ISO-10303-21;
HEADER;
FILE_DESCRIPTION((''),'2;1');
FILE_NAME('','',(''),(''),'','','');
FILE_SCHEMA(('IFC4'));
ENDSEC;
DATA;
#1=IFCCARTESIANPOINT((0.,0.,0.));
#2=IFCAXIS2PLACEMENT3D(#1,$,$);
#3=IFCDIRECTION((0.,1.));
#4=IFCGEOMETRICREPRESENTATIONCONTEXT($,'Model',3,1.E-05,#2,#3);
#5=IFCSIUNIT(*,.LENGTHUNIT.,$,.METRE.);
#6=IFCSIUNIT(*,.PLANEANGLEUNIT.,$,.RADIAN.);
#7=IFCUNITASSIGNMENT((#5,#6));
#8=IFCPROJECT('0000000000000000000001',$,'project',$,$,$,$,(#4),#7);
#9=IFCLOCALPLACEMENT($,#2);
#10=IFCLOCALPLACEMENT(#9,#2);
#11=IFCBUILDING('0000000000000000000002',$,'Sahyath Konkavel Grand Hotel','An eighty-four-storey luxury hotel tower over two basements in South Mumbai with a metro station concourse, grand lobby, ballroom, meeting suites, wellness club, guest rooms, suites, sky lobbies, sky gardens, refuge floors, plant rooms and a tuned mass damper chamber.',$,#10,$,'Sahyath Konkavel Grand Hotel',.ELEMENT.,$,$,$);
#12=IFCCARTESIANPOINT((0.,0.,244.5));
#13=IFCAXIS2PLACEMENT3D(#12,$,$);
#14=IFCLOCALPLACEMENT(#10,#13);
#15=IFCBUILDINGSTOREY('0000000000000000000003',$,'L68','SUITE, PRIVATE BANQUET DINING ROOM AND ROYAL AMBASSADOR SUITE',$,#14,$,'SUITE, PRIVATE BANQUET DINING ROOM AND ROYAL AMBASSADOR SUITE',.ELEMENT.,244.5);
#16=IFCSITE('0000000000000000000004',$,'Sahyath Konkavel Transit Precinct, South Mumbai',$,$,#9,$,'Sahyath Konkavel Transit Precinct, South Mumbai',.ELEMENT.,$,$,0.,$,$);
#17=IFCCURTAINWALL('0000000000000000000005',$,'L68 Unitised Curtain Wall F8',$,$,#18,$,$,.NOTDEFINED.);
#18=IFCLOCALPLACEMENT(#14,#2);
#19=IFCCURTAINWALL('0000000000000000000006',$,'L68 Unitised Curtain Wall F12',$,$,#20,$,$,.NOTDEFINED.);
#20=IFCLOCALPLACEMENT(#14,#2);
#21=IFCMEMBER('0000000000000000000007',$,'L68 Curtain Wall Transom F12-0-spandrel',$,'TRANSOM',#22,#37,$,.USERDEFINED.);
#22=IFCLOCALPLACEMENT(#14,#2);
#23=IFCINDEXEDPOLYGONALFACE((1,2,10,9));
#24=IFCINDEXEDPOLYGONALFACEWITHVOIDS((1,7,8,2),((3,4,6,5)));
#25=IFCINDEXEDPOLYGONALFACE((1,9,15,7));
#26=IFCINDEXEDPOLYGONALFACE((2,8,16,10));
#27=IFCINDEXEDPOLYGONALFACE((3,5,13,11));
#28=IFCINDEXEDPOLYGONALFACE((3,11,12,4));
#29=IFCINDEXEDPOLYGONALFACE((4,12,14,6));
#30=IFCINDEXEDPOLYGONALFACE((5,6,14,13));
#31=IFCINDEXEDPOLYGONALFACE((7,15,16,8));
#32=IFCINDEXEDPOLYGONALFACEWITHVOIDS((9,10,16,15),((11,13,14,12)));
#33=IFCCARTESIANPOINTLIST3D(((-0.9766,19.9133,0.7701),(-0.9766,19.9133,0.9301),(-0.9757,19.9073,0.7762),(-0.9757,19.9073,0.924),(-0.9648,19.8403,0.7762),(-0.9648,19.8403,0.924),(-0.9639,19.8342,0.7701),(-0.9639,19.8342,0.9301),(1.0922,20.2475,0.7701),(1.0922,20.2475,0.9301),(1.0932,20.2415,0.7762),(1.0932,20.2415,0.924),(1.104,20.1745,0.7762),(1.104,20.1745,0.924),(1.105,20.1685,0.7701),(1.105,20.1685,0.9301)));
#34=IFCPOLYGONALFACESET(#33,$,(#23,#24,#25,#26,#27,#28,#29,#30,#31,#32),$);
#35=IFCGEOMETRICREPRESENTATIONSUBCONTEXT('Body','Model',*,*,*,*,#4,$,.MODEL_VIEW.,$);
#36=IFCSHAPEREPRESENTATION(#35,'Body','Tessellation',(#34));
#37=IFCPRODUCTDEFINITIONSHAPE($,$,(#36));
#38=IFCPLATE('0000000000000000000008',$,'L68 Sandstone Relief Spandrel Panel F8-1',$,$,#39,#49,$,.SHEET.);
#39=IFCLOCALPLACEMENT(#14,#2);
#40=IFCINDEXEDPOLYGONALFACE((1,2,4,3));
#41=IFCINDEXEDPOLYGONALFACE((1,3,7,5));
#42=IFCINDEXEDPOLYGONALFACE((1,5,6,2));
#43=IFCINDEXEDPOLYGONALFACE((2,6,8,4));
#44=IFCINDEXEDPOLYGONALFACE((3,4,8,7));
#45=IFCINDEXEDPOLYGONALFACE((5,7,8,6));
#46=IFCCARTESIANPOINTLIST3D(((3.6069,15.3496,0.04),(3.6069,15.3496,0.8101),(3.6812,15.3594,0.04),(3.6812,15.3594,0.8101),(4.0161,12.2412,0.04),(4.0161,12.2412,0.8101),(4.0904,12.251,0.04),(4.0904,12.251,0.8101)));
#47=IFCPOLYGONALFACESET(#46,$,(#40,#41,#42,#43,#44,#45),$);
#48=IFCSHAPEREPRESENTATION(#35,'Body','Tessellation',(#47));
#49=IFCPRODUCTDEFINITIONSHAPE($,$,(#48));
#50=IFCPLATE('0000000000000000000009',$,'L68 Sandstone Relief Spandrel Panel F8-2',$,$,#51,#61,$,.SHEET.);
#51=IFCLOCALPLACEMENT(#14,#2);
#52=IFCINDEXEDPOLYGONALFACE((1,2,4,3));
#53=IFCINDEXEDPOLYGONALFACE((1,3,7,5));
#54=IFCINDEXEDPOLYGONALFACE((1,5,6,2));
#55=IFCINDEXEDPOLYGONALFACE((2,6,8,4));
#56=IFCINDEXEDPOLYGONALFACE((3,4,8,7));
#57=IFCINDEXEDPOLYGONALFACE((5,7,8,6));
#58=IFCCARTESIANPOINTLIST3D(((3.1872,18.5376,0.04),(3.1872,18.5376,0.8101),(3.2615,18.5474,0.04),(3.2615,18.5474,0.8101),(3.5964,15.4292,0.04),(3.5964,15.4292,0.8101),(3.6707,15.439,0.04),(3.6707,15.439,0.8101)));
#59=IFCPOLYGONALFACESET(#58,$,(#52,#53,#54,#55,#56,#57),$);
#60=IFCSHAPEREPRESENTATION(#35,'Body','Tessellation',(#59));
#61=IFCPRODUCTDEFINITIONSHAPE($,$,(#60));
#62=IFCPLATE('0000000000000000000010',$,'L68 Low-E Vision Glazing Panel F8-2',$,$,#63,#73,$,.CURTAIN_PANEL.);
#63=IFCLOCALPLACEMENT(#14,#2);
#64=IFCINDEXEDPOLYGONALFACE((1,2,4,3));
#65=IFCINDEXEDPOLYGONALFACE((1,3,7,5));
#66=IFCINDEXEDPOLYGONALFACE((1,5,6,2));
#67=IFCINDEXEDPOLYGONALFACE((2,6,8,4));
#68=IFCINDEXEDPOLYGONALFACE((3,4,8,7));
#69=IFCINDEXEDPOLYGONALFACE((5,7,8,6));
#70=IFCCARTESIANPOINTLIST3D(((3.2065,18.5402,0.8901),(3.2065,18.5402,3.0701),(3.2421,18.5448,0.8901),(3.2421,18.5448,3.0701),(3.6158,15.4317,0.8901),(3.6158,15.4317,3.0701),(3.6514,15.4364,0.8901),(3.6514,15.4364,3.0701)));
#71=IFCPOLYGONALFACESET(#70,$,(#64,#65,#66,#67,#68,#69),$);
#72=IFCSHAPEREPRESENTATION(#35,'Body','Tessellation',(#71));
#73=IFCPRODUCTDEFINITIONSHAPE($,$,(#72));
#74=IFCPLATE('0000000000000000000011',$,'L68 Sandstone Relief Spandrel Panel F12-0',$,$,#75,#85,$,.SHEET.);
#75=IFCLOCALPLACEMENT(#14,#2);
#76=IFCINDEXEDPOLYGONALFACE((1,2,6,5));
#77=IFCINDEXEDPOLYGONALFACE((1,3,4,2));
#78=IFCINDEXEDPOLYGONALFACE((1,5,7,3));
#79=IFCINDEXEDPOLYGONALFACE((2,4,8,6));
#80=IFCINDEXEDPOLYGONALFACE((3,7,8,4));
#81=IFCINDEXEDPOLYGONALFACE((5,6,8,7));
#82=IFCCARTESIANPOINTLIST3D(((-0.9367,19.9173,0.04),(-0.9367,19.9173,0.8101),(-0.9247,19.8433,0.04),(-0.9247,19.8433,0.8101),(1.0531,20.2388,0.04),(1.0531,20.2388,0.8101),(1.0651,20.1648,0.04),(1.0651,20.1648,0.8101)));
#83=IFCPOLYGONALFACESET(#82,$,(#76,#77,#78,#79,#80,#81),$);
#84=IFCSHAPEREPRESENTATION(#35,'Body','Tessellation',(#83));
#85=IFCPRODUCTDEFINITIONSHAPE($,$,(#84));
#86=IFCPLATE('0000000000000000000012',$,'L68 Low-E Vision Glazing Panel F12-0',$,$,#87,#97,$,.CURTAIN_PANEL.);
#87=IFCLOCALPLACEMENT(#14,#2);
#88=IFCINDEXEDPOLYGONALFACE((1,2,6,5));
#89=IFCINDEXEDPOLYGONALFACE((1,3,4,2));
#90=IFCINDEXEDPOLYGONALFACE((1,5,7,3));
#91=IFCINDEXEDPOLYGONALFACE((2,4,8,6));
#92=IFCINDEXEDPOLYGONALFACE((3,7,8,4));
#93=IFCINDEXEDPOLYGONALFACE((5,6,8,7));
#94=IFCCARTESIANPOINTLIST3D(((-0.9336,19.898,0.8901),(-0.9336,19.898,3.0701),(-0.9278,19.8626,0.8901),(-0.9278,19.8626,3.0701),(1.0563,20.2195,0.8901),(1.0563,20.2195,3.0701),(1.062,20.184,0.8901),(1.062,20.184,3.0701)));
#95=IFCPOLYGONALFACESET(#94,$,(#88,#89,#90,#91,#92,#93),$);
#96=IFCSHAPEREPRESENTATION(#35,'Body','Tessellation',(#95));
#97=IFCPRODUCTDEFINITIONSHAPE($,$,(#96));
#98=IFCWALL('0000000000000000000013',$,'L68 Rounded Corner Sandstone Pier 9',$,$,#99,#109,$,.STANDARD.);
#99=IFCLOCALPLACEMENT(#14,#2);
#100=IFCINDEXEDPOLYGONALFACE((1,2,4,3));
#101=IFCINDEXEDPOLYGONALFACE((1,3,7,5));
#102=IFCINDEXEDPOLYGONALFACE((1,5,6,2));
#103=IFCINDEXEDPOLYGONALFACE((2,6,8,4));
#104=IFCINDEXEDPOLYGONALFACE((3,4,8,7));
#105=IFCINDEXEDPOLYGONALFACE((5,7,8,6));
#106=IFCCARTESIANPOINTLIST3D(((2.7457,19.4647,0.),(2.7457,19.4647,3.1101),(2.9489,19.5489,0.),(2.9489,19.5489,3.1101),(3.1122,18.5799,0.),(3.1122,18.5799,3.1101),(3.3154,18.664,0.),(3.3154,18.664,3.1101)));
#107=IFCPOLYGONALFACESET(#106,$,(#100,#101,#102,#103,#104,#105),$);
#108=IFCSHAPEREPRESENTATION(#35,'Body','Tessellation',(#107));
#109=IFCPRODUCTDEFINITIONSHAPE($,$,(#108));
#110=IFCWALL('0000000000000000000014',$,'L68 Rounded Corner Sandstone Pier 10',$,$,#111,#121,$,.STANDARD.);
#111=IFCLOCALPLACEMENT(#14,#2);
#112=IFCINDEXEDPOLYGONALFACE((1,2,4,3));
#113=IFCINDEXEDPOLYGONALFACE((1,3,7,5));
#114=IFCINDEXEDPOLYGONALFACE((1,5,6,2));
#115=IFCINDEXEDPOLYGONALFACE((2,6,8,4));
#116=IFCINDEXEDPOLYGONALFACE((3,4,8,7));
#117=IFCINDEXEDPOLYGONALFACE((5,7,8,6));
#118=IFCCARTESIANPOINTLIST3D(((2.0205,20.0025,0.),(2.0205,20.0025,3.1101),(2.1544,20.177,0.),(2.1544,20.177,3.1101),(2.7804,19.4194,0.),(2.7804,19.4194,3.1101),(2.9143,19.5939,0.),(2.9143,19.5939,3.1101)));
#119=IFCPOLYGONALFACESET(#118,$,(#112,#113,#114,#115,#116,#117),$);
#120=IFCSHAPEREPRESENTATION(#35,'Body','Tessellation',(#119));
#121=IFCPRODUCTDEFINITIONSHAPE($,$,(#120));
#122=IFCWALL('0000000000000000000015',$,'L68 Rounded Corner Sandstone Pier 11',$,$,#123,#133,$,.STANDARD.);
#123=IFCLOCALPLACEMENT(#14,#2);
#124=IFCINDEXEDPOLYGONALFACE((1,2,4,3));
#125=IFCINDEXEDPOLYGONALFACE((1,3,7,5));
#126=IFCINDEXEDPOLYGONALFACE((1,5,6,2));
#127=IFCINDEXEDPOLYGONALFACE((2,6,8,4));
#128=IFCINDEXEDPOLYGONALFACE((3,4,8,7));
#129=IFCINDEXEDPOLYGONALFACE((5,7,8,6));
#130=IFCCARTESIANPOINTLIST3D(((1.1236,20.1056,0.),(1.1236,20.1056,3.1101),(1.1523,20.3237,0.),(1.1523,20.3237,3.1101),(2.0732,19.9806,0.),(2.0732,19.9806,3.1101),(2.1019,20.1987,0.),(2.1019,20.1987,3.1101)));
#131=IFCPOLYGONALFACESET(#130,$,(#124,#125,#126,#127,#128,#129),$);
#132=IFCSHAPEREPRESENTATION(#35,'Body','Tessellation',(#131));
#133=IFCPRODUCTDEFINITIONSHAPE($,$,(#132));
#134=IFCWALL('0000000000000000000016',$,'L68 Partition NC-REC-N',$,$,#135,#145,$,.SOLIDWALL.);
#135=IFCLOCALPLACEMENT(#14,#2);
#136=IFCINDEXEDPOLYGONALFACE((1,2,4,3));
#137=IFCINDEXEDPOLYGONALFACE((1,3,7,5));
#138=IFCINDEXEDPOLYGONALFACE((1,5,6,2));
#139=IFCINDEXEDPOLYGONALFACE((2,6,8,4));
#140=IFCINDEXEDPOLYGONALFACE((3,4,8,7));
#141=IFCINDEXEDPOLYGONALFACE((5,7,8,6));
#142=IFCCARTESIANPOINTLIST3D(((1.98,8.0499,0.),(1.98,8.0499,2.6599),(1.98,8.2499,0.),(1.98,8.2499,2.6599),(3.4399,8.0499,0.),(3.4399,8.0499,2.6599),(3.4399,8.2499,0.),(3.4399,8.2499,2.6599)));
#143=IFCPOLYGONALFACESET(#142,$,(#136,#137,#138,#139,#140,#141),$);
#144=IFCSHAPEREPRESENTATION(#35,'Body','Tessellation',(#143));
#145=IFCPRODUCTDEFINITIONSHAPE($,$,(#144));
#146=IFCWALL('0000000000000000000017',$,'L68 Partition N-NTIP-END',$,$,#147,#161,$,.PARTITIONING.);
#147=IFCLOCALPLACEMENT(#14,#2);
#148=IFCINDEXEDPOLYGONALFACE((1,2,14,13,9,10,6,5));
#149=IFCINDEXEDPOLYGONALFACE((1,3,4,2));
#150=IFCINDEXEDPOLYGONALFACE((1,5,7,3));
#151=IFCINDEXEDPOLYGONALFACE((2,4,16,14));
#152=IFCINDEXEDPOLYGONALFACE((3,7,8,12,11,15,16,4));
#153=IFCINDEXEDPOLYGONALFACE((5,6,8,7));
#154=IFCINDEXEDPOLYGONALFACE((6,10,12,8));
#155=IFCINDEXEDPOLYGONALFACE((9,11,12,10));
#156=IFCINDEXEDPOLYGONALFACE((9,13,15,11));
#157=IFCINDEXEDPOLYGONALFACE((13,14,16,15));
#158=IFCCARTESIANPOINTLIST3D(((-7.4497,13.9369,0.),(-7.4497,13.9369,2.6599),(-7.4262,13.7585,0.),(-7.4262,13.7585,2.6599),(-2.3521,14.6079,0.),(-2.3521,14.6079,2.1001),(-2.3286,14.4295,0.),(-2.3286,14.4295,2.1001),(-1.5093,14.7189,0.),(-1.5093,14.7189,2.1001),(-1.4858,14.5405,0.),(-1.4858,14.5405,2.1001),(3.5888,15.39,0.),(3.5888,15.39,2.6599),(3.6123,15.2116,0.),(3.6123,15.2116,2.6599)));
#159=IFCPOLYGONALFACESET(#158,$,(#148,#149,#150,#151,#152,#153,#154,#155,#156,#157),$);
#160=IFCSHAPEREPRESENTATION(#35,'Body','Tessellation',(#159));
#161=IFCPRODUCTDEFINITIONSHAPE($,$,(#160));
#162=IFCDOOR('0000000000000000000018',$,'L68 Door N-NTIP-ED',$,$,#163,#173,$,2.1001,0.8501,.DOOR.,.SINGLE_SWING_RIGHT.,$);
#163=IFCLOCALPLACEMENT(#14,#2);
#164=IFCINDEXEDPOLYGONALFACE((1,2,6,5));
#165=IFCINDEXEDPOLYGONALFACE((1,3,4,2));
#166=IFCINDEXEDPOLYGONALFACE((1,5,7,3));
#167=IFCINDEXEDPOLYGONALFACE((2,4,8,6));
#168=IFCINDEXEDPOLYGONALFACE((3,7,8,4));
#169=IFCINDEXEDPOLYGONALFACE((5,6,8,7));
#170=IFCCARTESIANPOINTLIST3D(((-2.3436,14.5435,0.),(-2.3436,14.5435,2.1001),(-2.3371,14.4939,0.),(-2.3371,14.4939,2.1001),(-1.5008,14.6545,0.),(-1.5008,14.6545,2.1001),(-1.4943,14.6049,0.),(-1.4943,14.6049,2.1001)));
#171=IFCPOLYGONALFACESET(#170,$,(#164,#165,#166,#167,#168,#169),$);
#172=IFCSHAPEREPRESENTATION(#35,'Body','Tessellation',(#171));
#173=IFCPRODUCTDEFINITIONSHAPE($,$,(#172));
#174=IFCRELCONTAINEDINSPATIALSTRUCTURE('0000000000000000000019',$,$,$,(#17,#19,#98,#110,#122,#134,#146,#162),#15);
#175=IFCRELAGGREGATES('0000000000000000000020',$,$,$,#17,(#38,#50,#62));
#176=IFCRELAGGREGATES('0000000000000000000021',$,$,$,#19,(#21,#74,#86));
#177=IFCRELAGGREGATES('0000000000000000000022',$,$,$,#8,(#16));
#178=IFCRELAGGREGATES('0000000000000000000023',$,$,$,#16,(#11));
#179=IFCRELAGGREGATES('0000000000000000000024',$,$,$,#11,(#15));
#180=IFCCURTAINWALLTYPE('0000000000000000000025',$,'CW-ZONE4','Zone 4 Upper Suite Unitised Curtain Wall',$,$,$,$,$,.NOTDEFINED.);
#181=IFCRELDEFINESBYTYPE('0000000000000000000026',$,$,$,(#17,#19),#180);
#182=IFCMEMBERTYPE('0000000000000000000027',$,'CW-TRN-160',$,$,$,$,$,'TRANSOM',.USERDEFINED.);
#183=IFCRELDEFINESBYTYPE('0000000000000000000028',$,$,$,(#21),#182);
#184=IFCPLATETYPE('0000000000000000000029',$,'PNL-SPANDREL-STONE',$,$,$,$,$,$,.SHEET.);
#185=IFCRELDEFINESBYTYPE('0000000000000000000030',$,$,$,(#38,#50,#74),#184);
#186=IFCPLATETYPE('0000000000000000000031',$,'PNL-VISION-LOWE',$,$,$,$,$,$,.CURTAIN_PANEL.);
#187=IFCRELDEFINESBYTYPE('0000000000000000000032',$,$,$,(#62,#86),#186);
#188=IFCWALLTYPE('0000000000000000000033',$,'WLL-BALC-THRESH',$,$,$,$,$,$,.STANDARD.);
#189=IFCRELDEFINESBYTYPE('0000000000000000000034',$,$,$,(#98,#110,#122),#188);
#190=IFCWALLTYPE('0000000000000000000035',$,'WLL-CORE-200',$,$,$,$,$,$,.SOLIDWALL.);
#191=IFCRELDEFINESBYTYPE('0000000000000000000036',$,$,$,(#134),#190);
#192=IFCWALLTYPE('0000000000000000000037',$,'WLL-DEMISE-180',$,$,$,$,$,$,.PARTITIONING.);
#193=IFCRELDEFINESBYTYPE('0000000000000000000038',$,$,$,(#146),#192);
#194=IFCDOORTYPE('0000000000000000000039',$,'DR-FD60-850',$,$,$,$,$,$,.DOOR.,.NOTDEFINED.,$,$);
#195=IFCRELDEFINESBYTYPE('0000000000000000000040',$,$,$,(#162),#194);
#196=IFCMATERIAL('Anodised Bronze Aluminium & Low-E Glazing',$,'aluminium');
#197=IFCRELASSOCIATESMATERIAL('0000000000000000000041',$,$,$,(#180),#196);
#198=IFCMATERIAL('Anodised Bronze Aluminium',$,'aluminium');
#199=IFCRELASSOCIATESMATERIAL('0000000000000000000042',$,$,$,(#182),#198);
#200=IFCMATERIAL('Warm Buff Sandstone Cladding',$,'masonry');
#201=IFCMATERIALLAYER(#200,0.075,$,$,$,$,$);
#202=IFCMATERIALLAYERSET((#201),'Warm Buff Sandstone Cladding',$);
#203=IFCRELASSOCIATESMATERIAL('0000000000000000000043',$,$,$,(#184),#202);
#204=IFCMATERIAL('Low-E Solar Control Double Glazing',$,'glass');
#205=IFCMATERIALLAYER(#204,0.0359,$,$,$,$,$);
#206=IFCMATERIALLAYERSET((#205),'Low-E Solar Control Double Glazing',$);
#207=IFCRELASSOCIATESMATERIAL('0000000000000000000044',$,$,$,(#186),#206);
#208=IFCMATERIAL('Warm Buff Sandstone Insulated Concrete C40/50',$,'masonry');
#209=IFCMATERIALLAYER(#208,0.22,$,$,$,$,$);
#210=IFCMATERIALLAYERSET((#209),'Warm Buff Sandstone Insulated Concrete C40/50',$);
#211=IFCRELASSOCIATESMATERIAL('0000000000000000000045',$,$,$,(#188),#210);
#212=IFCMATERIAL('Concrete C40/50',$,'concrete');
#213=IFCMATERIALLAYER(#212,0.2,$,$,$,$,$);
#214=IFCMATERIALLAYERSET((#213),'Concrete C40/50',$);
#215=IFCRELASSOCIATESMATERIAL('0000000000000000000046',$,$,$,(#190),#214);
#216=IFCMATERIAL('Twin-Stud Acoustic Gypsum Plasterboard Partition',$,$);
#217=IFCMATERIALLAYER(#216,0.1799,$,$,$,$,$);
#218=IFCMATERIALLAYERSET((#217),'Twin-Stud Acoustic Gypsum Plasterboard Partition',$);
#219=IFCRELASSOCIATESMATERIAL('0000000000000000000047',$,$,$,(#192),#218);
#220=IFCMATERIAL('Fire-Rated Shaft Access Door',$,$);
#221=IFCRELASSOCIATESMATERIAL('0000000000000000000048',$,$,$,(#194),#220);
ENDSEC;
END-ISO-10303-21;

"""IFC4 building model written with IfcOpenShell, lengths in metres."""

from ifc_helpers import new_model, si_unit, direction, frame, frame_2d, origin, origin_2d, place, context, subcontext, project, spatial, rectangle, hollow_rectangle, extrude, source, transform, mapped, material, layer, layer_set, material_profile, profile_set, type_object, element, fill, aggregate, save


model = new_model("IFC4")

# Units and contexts
model_context = context("Model", 3, precision=1e-05, world=origin(), true_north=direction((0.0, 1.0)))
body_context = subcontext(model_context, "Body", "Model", "MODEL_VIEW")
ifc_project = project(units=[si_unit("LENGTHUNIT", "METRE"), si_unit("PLANEANGLEUNIT", "RADIAN")], contexts=[model_context])

# Site, building, storey
site_placement = place(None, origin())
site = spatial("IfcSite", under=ifc_project, at=site_placement, Name="Sahyath Konkavel Transit Precinct, South Mumbai", LongName="Sahyath Konkavel Transit Precinct, South Mumbai", CompositionType="ELEMENT", RefElevation=0.0)
building_placement = place(site_placement, origin())
building = spatial("IfcBuilding", under=site, at=building_placement, Name="Sahyath Konkavel Grand Hotel", Description="An eighty-four-storey luxury hotel tower over two basements in South Mumbai with a metro station concourse, grand lobby, ballroom, meeting suites, wellness club, guest rooms, suites, sky lobbies, sky gardens, refuge floors, plant rooms and a tuned mass damper chamber.", LongName="Sahyath Konkavel Grand Hotel", CompositionType="ELEMENT")
storey_placement = place(building_placement, frame((0.0, 0.0, 244.5)))
storey = spatial("IfcBuildingStorey", under=building, at=storey_placement, Name="L68", Description="SUITE, PRIVATE BANQUET DINING ROOM AND ROYAL AMBASSADOR SUITE", LongName="SUITE, PRIVATE BANQUET DINING ROOM AND ROYAL AMBASSADOR SUITE", CompositionType="ELEMENT", Elevation=244.5)

# Shared definitions
ifc_material_1 = material(Name="Concrete C40/50", Category="concrete")

# Curtain wall
ifc_material_2 = material(Name="Anodised Bronze Aluminium & Low-E Glazing", Category="aluminium")
curtain_wall_type = type_object("IfcCurtainWallType", Name="CW-ZONE4", Description="Zone 4 Upper Suite Unitised Curtain Wall", PredefinedType="NOTDEFINED", material=ifc_material_2)
curtain_wall_1_placement = place(storey_placement, origin())
curtain_wall_1 = element("IfcCurtainWall", 1, at=curtain_wall_1_placement, inside=storey, type_object=curtain_wall_type, Name="L68 Unitised Curtain Wall F8", PredefinedType="NOTDEFINED")
ifc_material_3 = material(Name="Anodised Bronze Aluminium", Category="aluminium")

# Curtain wall
curtain_wall_2_placement = place(storey_placement, origin())
curtain_wall_2 = element("IfcCurtainWall", 2, at=curtain_wall_2_placement, inside=storey, type_object=curtain_wall_type, Name="L68 Unitised Curtain Wall F12", PredefinedType="NOTDEFINED")

# Member
ifc_material_profile_1 = material_profile(ifc_material_3, hollow_rectangle(XDim=0.0801, YDim=0.1599, WallThickness=0.0061, at=origin_2d()), Name="RHS 160x80x6")
ifc_profile_set_1 = profile_set([ifc_material_profile_1], Name="Anodised Bronze Aluminium")
member_type_1 = type_object("IfcMemberType", Name="CW-TRN-160", ElementType="TRANSOM", PredefinedType="USERDEFINED", material=ifc_profile_set_1)
shared_shape_1 = source(origin(), body_context, "Body", "SweptSolid", [
    extrude(hollow_rectangle(XDim=0.0801, YDim=0.1599, WallThickness=0.0061, at=origin_2d()), origin(), (0.0, 0.0, 1.0), 2.0957),
])
member_1_placement = place(storey_placement, frame((1.0986, 20.208, 0.8501), z_axis=(-0.9872, -0.159485, 0.0), x_axis=(0.159485, -0.9872, 0.0)))
member_1 = element("IfcMember", 3, at=member_1_placement, type_object=member_type_1, Name="L68 Curtain Wall Transom F12-0-spandrel", ObjectType="TRANSOM", PredefinedType="USERDEFINED", context=body_context, shape_type="MappedRepresentation", body=[
    mapped(shared_shape_1, transform((0.0, 0.0, 0.0), scale=1.0)),
])

# Plates
ifc_material_4 = material(Name="Warm Buff Sandstone Cladding", Category="masonry")
ifc_layer_1 = layer(ifc_material_4, 0.075)
ifc_layer_set_1 = layer_set([ifc_layer_1], Name="Warm Buff Sandstone Cladding")
plate_type_1 = type_object("IfcPlateType", Name="PNL-SPANDREL-STONE", PredefinedType="SHEET", material=ifc_layer_set_1)
shared_shape_2 = source(origin(), body_context, "Body", "SweptSolid", [
    extrude(rectangle(XDim=3.1353, YDim=0.075, at=origin_2d()), origin(), (0.0, 0.0, 1.0), 0.77),
])
plate_1_placement = place(storey_placement, frame((3.8486, 13.8003, 0.04), z_axis=(0.0, 0.0, 1.0), x_axis=(-0.130526, 0.991445, 0.0)))
plate_1 = element("IfcPlate", 4, at=plate_1_placement, type_object=plate_type_1, Name="L68 Sandstone Relief Spandrel Panel F8-1", PredefinedType="SHEET", context=body_context, shape_type="MappedRepresentation", body=[
    mapped(shared_shape_2, transform((0.0, 0.0, 0.0), scale=1.0)),
])
plate_2_placement = place(storey_placement, frame((3.429, 16.9883, 0.04), z_axis=(0.0, 0.0, 1.0), x_axis=(-0.130526, 0.991445, 0.0)))
plate_2 = element("IfcPlate", 5, at=plate_2_placement, type_object=plate_type_1, Name="L68 Sandstone Relief Spandrel Panel F8-2", PredefinedType="SHEET", context=body_context, shape_type="MappedRepresentation", body=[
    mapped(shared_shape_2, transform((0.0, 0.0, 0.0), scale=1.0)),
])
ifc_material_5 = material(Name="Low-E Solar Control Double Glazing", Category="glass")
ifc_layer_2 = layer(ifc_material_5, 0.0359)
ifc_layer_set_2 = layer_set([ifc_layer_2], Name="Low-E Solar Control Double Glazing")
plate_type_2 = type_object("IfcPlateType", Name="PNL-VISION-LOWE", PredefinedType="CURTAIN_PANEL", material=ifc_layer_set_2)
shared_shape_3 = source(origin(), body_context, "Body", "SweptSolid", [
    extrude(rectangle(XDim=3.1353, YDim=0.0359, at=origin_2d()), origin(), (0.0, 0.0, 1.0), 2.1799),
])
plate_3_placement = place(storey_placement, frame((3.429, 16.9883, 0.8901), z_axis=(0.0, 0.0, 1.0), x_axis=(-0.130526, 0.991445, 0.0)))
plate_3 = element("IfcPlate", 6, at=plate_3_placement, type_object=plate_type_2, Name="L68 Low-E Vision Glazing Panel F8-2", PredefinedType="CURTAIN_PANEL", context=body_context, shape_type="MappedRepresentation", body=[
    mapped(shared_shape_3, transform((0.0, 0.0, 0.0), scale=1.0)),
])
aggregate(curtain_wall_1, [plate_1, plate_2, plate_3])
shared_shape_4 = source(origin(), body_context, "Body", "SweptSolid", [
    extrude(rectangle(XDim=2.0156, YDim=0.075, at=origin_2d()), origin(), (0.0, 0.0, 1.0), 0.77),
])
plate_4_placement = place(storey_placement, frame((0.0642, 20.041, 0.04), z_axis=(0.0, 0.0, 1.0), x_axis=(-0.987198, -0.159502, 0.0)))
plate_4 = element("IfcPlate", 7, at=plate_4_placement, type_object=plate_type_1, Name="L68 Sandstone Relief Spandrel Panel F12-0", PredefinedType="SHEET", context=body_context, shape_type="MappedRepresentation", body=[
    mapped(shared_shape_4, transform((0.0, 0.0, 0.0), scale=1.0)),
])
shared_shape_5 = source(origin(), body_context, "Body", "SweptSolid", [
    extrude(rectangle(XDim=2.0156, YDim=0.0359, at=origin_2d()), origin(), (0.0, 0.0, 1.0), 2.1799),
])
plate_5_placement = place(storey_placement, frame((0.0642, 20.041, 0.8901), z_axis=(0.0, 0.0, 1.0), x_axis=(-0.987198, -0.159502, 0.0)))
plate_5 = element("IfcPlate", 8, at=plate_5_placement, type_object=plate_type_2, Name="L68 Low-E Vision Glazing Panel F12-0", PredefinedType="CURTAIN_PANEL", context=body_context, shape_type="MappedRepresentation", body=[
    mapped(shared_shape_5, transform((0.0, 0.0, 0.0), scale=1.0)),
])
aggregate(curtain_wall_2, [member_1, plate_4, plate_5])

# Walls
ifc_material_6 = material(Name="Warm Buff Sandstone Insulated Concrete C40/50", Category="masonry")
ifc_layer_3 = layer(ifc_material_6, 0.22)
ifc_layer_set_3 = layer_set([ifc_layer_3], Name="Warm Buff Sandstone Insulated Concrete C40/50")
wall_type_1 = type_object("IfcWallType", Name="WLL-BALC-THRESH", PredefinedType="STANDARD", material=ifc_layer_set_3)
for number, where, z_axis, x_axis, name in (
    (9, (3.2139, 18.6218, 0.0), (0.0, 0.0, 1.0), (-0.38266, 0.923889, 0.0), "L68 Rounded Corner Sandstone Pier 9"),
    (10, (2.8474, 19.5066, 0.0), (0.0, 0.0, 1.0), (-0.793344, 0.608774, 0.0), "L68 Rounded Corner Sandstone Pier 10"),
    (11, (2.0876, 20.0896, 0.0), (0.0, 0.0, 1.0), (-0.991445, 0.130527, 0.0), "L68 Rounded Corner Sandstone Pier 11"),
):
    element("IfcWall", number, at=place(storey_placement, frame(where, z_axis=z_axis, x_axis=x_axis)), inside=storey, type_object=wall_type_1, Name=name, PredefinedType="STANDARD", context=body_context, shape_type="SweptSolid", body=[
        extrude(rectangle(XDim=0.9578, YDim=0.22, at=frame_2d((0.479, 0.0))), origin(), (0.0, 0.0, 1.0), 3.1101),
    ])
ifc_layer_4 = layer(ifc_material_1, 0.2)
ifc_layer_set_4 = layer_set([ifc_layer_4], Name="Concrete C40/50")
wall_type_2 = type_object("IfcWallType", Name="WLL-CORE-200", PredefinedType="SOLIDWALL", material=ifc_layer_set_4)
wall_1_placement = place(storey_placement, frame((1.98, 8.1499, 0.0), z_axis=(0.0, 0.0, 1.0), x_axis=(1.0, 0.0, 0.0)))
element("IfcWall", 12, at=wall_1_placement, inside=storey, type_object=wall_type_2, Name="L68 Partition NC-REC-N", PredefinedType="SOLIDWALL", context=body_context, shape_type="SweptSolid", body=[
    extrude(rectangle(XDim=1.46, YDim=0.2, at=frame_2d((0.73, 0.0))), origin(), (0.0, 0.0, 1.0), 2.6599),
])

# Wall, opening, door
ifc_material_7 = material(Name="Twin-Stud Acoustic Gypsum Plasterboard Partition")
ifc_layer_5 = layer(ifc_material_7, 0.1799)
ifc_layer_set_5 = layer_set([ifc_layer_5], Name="Twin-Stud Acoustic Gypsum Plasterboard Partition")
wall_type_3 = type_object("IfcWallType", Name="WLL-DEMISE-180", PredefinedType="PARTITIONING", material=ifc_layer_set_5)
wall_2_placement = place(storey_placement, frame((3.6006, 15.3008, 0.0), z_axis=(0.0, 0.0, 1.0), x_axis=(-0.991446, -0.130515, 0.0)))
wall_2 = element("IfcWall", 13, at=wall_2_placement, inside=storey, type_object=wall_type_3, Name="L68 Partition N-NTIP-END", PredefinedType="PARTITIONING", context=body_context, shape_type="SweptSolid", body=[
    extrude(rectangle(XDim=11.1338, YDim=0.1799, at=frame_2d((5.5669, 0.0))), origin(), (0.0, 0.0, 1.0), 2.6599),
])
opening_1_placement = place(wall_2_placement, frame((5.1421, 0.0, 0.0)))
opening_1 = element("IfcOpeningElement", 14, at=opening_1_placement, cuts=wall_2, PredefinedType="OPENING", context=body_context, shape_type="SweptSolid", body=[
    extrude(rectangle(XDim=0.8501, YDim=2.1001, at=frame_2d((0.425, 1.05))), frame((0.0, 0.1001, 0.0), z_axis=(0.0, -1.0, 0.0), x_axis=(1.0, 0.0, 0.0)), (0.0, 0.0, 1.0), 0.2),
])
ifc_material_8 = material(Name="Fire-Rated Shaft Access Door")
door_type_1 = type_object("IfcDoorType", Name="DR-FD60-850", OperationType="NOTDEFINED", PredefinedType="DOOR", material=ifc_material_8)
shared_shape_6 = source(origin(), body_context, "Body", "SweptSolid", [
    extrude(rectangle(XDim=0.8501, YDim=0.05, at=origin_2d()), origin(), (0.0, 0.0, 1.0), 2.1001),
])
door_1_placement = place(opening_1_placement, frame((0.425, 0.0, 0.0)))
door_1 = element("IfcDoor", 15, at=door_1_placement, inside=storey, type_object=door_type_1, Name="L68 Door N-NTIP-ED", OperationType="SINGLE_SWING_RIGHT", OverallHeight=2.1001, OverallWidth=0.8501, PredefinedType="DOOR", context=body_context, shape_type="MappedRepresentation", body=[
    mapped(shared_shape_6, transform((0.0, 0.0, 0.0), scale=1.0)),
])
fill(opening_1, door_1)

save(model, "model.ifc")
